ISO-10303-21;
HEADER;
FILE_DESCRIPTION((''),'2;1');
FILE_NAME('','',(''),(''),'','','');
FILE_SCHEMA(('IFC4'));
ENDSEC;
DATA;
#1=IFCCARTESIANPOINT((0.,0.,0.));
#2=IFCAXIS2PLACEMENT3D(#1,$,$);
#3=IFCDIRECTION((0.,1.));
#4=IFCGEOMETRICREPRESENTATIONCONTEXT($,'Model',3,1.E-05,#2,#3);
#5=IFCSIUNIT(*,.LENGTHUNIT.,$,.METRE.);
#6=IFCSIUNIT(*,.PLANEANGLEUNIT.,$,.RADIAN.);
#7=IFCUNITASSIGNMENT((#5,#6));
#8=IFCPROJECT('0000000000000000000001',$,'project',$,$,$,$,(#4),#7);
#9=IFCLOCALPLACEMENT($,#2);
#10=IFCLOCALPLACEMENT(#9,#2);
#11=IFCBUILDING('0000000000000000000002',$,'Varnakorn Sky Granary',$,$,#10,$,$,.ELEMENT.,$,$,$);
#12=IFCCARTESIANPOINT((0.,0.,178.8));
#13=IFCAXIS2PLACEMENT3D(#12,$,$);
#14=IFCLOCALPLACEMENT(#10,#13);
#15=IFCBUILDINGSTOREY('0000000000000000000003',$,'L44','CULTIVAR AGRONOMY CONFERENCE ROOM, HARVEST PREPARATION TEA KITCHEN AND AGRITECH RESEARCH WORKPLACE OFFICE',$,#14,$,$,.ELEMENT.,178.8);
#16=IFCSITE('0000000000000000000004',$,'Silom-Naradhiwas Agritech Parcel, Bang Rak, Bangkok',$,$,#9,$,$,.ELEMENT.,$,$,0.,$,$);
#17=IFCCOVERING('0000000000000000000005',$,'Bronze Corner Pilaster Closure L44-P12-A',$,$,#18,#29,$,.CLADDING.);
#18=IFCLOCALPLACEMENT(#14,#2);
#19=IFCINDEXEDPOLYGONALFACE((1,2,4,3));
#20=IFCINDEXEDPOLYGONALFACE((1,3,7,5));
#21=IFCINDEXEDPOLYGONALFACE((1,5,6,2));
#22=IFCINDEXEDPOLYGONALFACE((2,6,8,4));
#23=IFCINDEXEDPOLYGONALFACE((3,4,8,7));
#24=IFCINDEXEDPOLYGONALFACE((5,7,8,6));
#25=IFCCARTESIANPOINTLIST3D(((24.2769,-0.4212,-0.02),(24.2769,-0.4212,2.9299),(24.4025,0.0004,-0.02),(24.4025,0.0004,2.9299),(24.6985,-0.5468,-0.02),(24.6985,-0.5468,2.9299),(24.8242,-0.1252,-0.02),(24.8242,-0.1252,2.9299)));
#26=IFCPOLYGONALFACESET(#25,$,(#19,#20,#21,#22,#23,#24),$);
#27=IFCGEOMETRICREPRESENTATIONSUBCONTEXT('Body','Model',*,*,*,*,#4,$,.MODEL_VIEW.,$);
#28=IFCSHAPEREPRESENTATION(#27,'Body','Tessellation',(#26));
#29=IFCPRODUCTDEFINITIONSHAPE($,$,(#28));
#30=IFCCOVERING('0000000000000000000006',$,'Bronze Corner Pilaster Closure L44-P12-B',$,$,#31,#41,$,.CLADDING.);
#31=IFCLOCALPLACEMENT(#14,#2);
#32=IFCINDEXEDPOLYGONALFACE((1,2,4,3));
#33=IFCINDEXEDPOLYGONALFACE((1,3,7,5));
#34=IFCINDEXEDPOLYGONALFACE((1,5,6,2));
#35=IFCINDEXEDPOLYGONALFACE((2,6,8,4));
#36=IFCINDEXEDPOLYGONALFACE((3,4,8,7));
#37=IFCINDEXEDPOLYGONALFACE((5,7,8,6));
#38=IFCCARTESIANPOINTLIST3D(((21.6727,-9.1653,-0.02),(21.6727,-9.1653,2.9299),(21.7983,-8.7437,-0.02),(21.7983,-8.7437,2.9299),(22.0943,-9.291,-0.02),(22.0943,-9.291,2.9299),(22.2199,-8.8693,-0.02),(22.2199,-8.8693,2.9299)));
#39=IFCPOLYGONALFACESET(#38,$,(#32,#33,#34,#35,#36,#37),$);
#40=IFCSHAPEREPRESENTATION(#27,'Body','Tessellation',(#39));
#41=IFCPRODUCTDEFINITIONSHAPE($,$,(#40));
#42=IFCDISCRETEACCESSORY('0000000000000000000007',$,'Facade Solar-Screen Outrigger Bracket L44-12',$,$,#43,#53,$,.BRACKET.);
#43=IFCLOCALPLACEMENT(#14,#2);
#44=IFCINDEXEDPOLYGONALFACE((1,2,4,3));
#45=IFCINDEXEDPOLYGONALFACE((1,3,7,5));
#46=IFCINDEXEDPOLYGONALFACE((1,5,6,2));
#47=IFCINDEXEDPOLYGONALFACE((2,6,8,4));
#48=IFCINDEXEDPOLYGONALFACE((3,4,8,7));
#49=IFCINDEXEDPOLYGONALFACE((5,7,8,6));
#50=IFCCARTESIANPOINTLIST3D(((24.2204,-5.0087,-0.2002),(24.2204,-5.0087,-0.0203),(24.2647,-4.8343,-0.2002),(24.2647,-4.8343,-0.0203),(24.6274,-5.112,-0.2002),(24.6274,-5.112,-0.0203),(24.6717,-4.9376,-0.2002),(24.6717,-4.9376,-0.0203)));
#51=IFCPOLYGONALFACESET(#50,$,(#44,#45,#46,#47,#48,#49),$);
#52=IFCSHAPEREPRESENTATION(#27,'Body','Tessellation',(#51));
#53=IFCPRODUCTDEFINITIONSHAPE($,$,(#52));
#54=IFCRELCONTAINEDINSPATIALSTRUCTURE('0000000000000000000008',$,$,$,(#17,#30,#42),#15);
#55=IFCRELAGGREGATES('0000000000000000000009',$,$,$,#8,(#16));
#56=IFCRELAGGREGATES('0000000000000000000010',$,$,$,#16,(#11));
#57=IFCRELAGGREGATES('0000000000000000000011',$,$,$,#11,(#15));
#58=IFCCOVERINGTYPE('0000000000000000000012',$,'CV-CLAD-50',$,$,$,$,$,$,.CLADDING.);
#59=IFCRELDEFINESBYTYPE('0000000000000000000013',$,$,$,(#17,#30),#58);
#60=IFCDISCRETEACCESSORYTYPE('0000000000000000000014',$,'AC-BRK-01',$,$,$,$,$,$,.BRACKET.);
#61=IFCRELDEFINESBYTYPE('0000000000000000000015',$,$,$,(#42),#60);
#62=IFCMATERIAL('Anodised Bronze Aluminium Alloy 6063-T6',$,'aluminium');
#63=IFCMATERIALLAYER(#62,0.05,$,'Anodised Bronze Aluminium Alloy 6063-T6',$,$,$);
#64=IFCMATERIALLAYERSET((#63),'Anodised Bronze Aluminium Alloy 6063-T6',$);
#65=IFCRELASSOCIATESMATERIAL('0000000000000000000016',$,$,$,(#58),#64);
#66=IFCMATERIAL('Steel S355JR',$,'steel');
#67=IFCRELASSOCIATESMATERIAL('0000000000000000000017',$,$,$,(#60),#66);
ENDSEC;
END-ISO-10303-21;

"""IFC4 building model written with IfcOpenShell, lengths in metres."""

from ifc_helpers import new_model, si_unit, direction, frame, origin, origin_2d, place, context, subcontext, project, spatial, rectangle, extrude, source, transform, mapped, material, layer, layer_set, type_object, type_shapes, element, save


model = new_model("IFC4")

# Units and contexts
model_context = context("Model", 3, precision=1e-05, world=origin(), true_north=direction((0.0, 1.0)))
body_context = subcontext(model_context, "Body", "Model", "MODEL_VIEW")
ifc_project = project(units=[si_unit("LENGTHUNIT", "METRE"), si_unit("PLANEANGLEUNIT", "RADIAN")], contexts=[model_context])

# Site, building, storey
site_placement = place(None, origin())
site = spatial("IfcSite", under=ifc_project, at=site_placement, Name="Silom-Naradhiwas Agritech Parcel, Bang Rak, Bangkok", CompositionType="ELEMENT", RefElevation=0.0)
building_placement = place(site_placement, origin())
building = spatial("IfcBuilding", under=site, at=building_placement, Name="Varnakorn Sky Granary", CompositionType="ELEMENT")
storey_placement = place(building_placement, frame((0.0, 0.0, 178.8)))
storey = spatial("IfcBuildingStorey", under=building, at=storey_placement, Name="L44", Description="CULTIVAR AGRONOMY CONFERENCE ROOM, HARVEST PREPARATION TEA KITCHEN AND AGRITECH RESEARCH WORKPLACE OFFICE", CompositionType="ELEMENT", Elevation=178.8)

# Shared definitions
ifc_material_1 = material(Name="Steel S355JR", Category="steel")

# Shared definitions
ifc_material_2 = material(Name="Anodised Bronze Aluminium Alloy 6063-T6", Category="aluminium")

# Coverings
ifc_layer_1 = layer(ifc_material_2, 0.05, Name="Anodised Bronze Aluminium Alloy 6063-T6")
ifc_layer_set_1 = layer_set([ifc_layer_1], Name="Anodised Bronze Aluminium Alloy 6063-T6")
covering_type = type_object("IfcCoveringType", Name="CV-CLAD-50", PredefinedType="CLADDING", material=ifc_layer_set_1)
shared_shape_1 = source(origin(), body_context, "Body", "SweptSolid", [
    extrude(rectangle(XDim=0.4399, YDim=0.4399, at=origin_2d()), origin(), (0.0, 0.0, 1.0), 2.95),
])
type_shapes(covering_type, [shared_shape_1])
for number, where, z_axis, x_axis, name in (
    (1, (24.5505, -0.2732, -0.02), (0.0, 0.0, 1.0), (-0.285521, -0.958372, 0.0), "Bronze Corner Pilaster Closure L44-P12-A"),
    (2, (21.9463, -9.0173, -0.02), (0.0, 0.0, 1.0), (-0.285521, -0.958372, 0.0), "Bronze Corner Pilaster Closure L44-P12-B"),
):
    element("IfcCovering", number, at=place(storey_placement, frame(where, z_axis=z_axis, x_axis=x_axis)), inside=storey, type_object=covering_type, Name=name, PredefinedType="CLADDING", context=body_context, shape_type="MappedRepresentation", body=[
        mapped(shared_shape_1, transform((0.0, 0.0, 0.0), x_axis=(1.0, 0.0, 0.0), y_axis=(0.0, 1.0, 0.0), z_axis=(0.0, 0.0, 1.0), scale=1.0)),
    ])

# Discrete accessory
discrete_accessory_type = type_object("IfcDiscreteAccessoryType", Name="AC-BRK-01", PredefinedType="BRACKET", material=ifc_material_1)
shared_shape_2 = source(origin(), body_context, "Body", "SweptSolid", [
    extrude(rectangle(XDim=0.1799, YDim=0.4199, at=origin_2d()), origin(), (0.0, 0.0, 1.0), 0.1799),
])
type_shapes(discrete_accessory_type, [shared_shape_2])
discrete_accessory_placement = place(storey_placement, frame((24.446, -4.9731, -0.2002), z_axis=(0.0, 0.0, 1.0), x_axis=(0.245988, 0.969273, 0.0)))
element("IfcDiscreteAccessory", 3, at=discrete_accessory_placement, inside=storey, type_object=discrete_accessory_type, Name="Facade Solar-Screen Outrigger Bracket L44-12", PredefinedType="BRACKET", context=body_context, shape_type="MappedRepresentation", body=[
    mapped(shared_shape_2, transform((0.0, 0.0, 0.0), x_axis=(1.0, 0.0, 0.0), y_axis=(0.0, 1.0, 0.0), z_axis=(0.0, 0.0, 1.0), scale=1.0)),
])

save(model, "model.ifc")
